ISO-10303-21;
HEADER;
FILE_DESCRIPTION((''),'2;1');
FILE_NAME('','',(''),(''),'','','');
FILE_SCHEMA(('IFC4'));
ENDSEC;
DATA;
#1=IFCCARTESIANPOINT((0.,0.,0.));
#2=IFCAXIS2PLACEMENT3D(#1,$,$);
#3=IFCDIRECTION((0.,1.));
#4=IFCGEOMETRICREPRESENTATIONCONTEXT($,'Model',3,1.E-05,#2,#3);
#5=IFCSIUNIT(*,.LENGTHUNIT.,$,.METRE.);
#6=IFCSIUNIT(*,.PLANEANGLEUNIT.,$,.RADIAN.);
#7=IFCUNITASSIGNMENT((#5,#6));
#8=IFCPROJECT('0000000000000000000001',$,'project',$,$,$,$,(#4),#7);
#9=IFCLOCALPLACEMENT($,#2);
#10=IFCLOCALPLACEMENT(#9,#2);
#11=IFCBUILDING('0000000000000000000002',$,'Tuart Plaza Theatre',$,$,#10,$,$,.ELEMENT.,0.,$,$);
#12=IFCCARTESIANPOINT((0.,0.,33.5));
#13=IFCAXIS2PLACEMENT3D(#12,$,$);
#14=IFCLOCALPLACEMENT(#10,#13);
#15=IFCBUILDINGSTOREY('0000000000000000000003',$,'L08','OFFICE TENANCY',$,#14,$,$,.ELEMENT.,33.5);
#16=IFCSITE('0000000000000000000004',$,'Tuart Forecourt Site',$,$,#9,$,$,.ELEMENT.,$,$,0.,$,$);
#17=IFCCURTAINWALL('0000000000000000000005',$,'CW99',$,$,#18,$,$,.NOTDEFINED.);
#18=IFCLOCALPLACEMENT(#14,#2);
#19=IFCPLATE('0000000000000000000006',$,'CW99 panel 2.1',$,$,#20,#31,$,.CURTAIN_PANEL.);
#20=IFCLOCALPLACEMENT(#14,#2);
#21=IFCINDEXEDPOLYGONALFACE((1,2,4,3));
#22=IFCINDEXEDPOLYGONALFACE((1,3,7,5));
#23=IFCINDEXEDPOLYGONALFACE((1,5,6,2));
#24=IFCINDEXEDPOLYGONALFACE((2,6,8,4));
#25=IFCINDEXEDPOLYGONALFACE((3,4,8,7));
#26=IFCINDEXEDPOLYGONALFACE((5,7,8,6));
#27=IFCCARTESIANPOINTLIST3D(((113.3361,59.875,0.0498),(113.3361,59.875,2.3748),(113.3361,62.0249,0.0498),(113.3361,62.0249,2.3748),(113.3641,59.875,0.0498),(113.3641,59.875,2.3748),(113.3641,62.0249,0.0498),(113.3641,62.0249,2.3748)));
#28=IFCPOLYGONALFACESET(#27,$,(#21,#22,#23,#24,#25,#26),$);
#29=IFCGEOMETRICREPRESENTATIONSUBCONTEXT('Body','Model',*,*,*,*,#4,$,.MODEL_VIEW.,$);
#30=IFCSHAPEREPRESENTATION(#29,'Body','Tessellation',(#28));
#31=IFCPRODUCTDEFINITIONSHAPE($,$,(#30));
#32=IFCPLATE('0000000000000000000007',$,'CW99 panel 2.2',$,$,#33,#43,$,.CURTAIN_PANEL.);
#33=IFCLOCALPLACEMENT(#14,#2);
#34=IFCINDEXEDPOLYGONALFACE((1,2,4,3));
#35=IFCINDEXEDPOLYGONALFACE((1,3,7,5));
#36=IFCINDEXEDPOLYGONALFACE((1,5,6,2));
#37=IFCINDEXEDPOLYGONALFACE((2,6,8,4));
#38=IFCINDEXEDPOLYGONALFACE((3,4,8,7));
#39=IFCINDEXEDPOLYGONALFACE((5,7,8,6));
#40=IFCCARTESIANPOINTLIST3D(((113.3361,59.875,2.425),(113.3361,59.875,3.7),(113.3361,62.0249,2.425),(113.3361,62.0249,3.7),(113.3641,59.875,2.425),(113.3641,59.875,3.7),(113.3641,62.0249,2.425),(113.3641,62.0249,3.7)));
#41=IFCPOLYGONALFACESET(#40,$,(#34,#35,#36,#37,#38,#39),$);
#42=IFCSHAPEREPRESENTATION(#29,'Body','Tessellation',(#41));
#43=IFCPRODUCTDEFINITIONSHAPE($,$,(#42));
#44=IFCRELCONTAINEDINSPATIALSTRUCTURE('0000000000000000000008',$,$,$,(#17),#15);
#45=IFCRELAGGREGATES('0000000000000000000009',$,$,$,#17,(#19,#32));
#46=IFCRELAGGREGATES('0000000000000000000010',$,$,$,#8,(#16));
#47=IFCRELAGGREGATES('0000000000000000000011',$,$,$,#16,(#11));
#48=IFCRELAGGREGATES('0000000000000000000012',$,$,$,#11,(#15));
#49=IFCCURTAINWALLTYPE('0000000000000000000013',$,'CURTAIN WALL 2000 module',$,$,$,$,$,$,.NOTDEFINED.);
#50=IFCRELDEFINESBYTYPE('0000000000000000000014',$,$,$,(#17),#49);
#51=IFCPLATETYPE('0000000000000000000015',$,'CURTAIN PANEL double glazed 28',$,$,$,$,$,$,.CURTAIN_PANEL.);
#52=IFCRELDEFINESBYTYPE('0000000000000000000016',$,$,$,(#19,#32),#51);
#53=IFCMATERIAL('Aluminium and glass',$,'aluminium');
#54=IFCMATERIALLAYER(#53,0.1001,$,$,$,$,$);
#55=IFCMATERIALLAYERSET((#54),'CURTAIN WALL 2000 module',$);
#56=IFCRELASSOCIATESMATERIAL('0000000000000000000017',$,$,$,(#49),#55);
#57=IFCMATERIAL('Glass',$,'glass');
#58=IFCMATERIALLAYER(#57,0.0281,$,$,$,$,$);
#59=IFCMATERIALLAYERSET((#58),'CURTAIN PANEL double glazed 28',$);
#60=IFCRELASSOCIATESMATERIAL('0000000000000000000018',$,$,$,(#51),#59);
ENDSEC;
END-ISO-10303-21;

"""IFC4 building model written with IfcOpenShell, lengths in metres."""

from ifc_helpers import new_model, si_unit, direction, frame, origin, origin_2d, place, context, subcontext, project, spatial, rectangle, extrude, material, layer, layer_set, type_object, element, aggregate, save


model = new_model("IFC4")

# Units and contexts
model_context = context("Model", 3, precision=1e-05, world=origin(), true_north=direction((0.0, 1.0)))
body_context = subcontext(model_context, "Body", "Model", "MODEL_VIEW")
ifc_project = project(units=[si_unit("LENGTHUNIT", "METRE"), si_unit("PLANEANGLEUNIT", "RADIAN")], contexts=[model_context])

# Site, building, storey
site_placement = place(None, origin())
site = spatial("IfcSite", under=ifc_project, at=site_placement, Name="Tuart Forecourt Site", CompositionType="ELEMENT", RefElevation=0.0)
building_placement = place(site_placement, origin())
building = spatial("IfcBuilding", under=site, at=building_placement, Name="Tuart Plaza Theatre", CompositionType="ELEMENT", ElevationOfRefHeight=0.0)
storey_placement = place(building_placement, frame((0.0, 0.0, 33.5)))
storey = spatial("IfcBuildingStorey", under=building, at=storey_placement, Name="L08", Description="OFFICE TENANCY", CompositionType="ELEMENT", Elevation=33.5)

# Shared definitions
ifc_material_1 = material(Name="Aluminium and glass", Category="aluminium")
ifc_layer_1 = layer(ifc_material_1, 0.1001)
ifc_layer_set_1 = layer_set([ifc_layer_1], Name="CURTAIN WALL 2000 module")
curtain_wall_type = type_object("IfcCurtainWallType", Name="CURTAIN WALL 2000 module", PredefinedType="NOTDEFINED", material=ifc_layer_set_1)

# Curtain wall
curtain_wall_1_placement = place(storey_placement, origin())
curtain_wall_1 = element("IfcCurtainWall", 1, at=curtain_wall_1_placement, inside=storey, type_object=curtain_wall_type, Name="CW99", PredefinedType="NOTDEFINED")

# Plates
ifc_material_2 = material(Name="Glass", Category="glass")
ifc_layer_2 = layer(ifc_material_2, 0.0281)
ifc_layer_set_2 = layer_set([ifc_layer_2], Name="CURTAIN PANEL double glazed 28")
plate_type = type_object("IfcPlateType", Name="CURTAIN PANEL double glazed 28", PredefinedType="CURTAIN_PANEL", material=ifc_layer_set_2)
plate_1_placement = place(storey_placement, frame((113.3501, 60.95, 0.0498), z_axis=(0.0, 0.0, 1.0), x_axis=(0.0, -1.0, 0.0)))
plate_1 = element("IfcPlate", 2, at=plate_1_placement, type_object=plate_type, Name="CW99 panel 2.1", PredefinedType="CURTAIN_PANEL", context=body_context, shape_type="SweptSolid", body=[
    extrude(rectangle(XDim=2.1499, YDim=0.0281, at=origin_2d()), origin(), (0.0, 0.0, 1.0), 2.325),
])
plate_2_placement = place(storey_placement, frame((113.3501, 60.95, 2.425), z_axis=(0.0, 0.0, 1.0), x_axis=(0.0, -1.0, 0.0)))
plate_2 = element("IfcPlate", 3, at=plate_2_placement, type_object=plate_type, Name="CW99 panel 2.2", PredefinedType="CURTAIN_PANEL", context=body_context, shape_type="SweptSolid", body=[
    extrude(rectangle(XDim=2.1499, YDim=0.0281, at=origin_2d()), origin(), (0.0, 0.0, 1.0), 1.2749),
])
aggregate(curtain_wall_1, [plate_1, plate_2])

save(model, "model.ifc")
